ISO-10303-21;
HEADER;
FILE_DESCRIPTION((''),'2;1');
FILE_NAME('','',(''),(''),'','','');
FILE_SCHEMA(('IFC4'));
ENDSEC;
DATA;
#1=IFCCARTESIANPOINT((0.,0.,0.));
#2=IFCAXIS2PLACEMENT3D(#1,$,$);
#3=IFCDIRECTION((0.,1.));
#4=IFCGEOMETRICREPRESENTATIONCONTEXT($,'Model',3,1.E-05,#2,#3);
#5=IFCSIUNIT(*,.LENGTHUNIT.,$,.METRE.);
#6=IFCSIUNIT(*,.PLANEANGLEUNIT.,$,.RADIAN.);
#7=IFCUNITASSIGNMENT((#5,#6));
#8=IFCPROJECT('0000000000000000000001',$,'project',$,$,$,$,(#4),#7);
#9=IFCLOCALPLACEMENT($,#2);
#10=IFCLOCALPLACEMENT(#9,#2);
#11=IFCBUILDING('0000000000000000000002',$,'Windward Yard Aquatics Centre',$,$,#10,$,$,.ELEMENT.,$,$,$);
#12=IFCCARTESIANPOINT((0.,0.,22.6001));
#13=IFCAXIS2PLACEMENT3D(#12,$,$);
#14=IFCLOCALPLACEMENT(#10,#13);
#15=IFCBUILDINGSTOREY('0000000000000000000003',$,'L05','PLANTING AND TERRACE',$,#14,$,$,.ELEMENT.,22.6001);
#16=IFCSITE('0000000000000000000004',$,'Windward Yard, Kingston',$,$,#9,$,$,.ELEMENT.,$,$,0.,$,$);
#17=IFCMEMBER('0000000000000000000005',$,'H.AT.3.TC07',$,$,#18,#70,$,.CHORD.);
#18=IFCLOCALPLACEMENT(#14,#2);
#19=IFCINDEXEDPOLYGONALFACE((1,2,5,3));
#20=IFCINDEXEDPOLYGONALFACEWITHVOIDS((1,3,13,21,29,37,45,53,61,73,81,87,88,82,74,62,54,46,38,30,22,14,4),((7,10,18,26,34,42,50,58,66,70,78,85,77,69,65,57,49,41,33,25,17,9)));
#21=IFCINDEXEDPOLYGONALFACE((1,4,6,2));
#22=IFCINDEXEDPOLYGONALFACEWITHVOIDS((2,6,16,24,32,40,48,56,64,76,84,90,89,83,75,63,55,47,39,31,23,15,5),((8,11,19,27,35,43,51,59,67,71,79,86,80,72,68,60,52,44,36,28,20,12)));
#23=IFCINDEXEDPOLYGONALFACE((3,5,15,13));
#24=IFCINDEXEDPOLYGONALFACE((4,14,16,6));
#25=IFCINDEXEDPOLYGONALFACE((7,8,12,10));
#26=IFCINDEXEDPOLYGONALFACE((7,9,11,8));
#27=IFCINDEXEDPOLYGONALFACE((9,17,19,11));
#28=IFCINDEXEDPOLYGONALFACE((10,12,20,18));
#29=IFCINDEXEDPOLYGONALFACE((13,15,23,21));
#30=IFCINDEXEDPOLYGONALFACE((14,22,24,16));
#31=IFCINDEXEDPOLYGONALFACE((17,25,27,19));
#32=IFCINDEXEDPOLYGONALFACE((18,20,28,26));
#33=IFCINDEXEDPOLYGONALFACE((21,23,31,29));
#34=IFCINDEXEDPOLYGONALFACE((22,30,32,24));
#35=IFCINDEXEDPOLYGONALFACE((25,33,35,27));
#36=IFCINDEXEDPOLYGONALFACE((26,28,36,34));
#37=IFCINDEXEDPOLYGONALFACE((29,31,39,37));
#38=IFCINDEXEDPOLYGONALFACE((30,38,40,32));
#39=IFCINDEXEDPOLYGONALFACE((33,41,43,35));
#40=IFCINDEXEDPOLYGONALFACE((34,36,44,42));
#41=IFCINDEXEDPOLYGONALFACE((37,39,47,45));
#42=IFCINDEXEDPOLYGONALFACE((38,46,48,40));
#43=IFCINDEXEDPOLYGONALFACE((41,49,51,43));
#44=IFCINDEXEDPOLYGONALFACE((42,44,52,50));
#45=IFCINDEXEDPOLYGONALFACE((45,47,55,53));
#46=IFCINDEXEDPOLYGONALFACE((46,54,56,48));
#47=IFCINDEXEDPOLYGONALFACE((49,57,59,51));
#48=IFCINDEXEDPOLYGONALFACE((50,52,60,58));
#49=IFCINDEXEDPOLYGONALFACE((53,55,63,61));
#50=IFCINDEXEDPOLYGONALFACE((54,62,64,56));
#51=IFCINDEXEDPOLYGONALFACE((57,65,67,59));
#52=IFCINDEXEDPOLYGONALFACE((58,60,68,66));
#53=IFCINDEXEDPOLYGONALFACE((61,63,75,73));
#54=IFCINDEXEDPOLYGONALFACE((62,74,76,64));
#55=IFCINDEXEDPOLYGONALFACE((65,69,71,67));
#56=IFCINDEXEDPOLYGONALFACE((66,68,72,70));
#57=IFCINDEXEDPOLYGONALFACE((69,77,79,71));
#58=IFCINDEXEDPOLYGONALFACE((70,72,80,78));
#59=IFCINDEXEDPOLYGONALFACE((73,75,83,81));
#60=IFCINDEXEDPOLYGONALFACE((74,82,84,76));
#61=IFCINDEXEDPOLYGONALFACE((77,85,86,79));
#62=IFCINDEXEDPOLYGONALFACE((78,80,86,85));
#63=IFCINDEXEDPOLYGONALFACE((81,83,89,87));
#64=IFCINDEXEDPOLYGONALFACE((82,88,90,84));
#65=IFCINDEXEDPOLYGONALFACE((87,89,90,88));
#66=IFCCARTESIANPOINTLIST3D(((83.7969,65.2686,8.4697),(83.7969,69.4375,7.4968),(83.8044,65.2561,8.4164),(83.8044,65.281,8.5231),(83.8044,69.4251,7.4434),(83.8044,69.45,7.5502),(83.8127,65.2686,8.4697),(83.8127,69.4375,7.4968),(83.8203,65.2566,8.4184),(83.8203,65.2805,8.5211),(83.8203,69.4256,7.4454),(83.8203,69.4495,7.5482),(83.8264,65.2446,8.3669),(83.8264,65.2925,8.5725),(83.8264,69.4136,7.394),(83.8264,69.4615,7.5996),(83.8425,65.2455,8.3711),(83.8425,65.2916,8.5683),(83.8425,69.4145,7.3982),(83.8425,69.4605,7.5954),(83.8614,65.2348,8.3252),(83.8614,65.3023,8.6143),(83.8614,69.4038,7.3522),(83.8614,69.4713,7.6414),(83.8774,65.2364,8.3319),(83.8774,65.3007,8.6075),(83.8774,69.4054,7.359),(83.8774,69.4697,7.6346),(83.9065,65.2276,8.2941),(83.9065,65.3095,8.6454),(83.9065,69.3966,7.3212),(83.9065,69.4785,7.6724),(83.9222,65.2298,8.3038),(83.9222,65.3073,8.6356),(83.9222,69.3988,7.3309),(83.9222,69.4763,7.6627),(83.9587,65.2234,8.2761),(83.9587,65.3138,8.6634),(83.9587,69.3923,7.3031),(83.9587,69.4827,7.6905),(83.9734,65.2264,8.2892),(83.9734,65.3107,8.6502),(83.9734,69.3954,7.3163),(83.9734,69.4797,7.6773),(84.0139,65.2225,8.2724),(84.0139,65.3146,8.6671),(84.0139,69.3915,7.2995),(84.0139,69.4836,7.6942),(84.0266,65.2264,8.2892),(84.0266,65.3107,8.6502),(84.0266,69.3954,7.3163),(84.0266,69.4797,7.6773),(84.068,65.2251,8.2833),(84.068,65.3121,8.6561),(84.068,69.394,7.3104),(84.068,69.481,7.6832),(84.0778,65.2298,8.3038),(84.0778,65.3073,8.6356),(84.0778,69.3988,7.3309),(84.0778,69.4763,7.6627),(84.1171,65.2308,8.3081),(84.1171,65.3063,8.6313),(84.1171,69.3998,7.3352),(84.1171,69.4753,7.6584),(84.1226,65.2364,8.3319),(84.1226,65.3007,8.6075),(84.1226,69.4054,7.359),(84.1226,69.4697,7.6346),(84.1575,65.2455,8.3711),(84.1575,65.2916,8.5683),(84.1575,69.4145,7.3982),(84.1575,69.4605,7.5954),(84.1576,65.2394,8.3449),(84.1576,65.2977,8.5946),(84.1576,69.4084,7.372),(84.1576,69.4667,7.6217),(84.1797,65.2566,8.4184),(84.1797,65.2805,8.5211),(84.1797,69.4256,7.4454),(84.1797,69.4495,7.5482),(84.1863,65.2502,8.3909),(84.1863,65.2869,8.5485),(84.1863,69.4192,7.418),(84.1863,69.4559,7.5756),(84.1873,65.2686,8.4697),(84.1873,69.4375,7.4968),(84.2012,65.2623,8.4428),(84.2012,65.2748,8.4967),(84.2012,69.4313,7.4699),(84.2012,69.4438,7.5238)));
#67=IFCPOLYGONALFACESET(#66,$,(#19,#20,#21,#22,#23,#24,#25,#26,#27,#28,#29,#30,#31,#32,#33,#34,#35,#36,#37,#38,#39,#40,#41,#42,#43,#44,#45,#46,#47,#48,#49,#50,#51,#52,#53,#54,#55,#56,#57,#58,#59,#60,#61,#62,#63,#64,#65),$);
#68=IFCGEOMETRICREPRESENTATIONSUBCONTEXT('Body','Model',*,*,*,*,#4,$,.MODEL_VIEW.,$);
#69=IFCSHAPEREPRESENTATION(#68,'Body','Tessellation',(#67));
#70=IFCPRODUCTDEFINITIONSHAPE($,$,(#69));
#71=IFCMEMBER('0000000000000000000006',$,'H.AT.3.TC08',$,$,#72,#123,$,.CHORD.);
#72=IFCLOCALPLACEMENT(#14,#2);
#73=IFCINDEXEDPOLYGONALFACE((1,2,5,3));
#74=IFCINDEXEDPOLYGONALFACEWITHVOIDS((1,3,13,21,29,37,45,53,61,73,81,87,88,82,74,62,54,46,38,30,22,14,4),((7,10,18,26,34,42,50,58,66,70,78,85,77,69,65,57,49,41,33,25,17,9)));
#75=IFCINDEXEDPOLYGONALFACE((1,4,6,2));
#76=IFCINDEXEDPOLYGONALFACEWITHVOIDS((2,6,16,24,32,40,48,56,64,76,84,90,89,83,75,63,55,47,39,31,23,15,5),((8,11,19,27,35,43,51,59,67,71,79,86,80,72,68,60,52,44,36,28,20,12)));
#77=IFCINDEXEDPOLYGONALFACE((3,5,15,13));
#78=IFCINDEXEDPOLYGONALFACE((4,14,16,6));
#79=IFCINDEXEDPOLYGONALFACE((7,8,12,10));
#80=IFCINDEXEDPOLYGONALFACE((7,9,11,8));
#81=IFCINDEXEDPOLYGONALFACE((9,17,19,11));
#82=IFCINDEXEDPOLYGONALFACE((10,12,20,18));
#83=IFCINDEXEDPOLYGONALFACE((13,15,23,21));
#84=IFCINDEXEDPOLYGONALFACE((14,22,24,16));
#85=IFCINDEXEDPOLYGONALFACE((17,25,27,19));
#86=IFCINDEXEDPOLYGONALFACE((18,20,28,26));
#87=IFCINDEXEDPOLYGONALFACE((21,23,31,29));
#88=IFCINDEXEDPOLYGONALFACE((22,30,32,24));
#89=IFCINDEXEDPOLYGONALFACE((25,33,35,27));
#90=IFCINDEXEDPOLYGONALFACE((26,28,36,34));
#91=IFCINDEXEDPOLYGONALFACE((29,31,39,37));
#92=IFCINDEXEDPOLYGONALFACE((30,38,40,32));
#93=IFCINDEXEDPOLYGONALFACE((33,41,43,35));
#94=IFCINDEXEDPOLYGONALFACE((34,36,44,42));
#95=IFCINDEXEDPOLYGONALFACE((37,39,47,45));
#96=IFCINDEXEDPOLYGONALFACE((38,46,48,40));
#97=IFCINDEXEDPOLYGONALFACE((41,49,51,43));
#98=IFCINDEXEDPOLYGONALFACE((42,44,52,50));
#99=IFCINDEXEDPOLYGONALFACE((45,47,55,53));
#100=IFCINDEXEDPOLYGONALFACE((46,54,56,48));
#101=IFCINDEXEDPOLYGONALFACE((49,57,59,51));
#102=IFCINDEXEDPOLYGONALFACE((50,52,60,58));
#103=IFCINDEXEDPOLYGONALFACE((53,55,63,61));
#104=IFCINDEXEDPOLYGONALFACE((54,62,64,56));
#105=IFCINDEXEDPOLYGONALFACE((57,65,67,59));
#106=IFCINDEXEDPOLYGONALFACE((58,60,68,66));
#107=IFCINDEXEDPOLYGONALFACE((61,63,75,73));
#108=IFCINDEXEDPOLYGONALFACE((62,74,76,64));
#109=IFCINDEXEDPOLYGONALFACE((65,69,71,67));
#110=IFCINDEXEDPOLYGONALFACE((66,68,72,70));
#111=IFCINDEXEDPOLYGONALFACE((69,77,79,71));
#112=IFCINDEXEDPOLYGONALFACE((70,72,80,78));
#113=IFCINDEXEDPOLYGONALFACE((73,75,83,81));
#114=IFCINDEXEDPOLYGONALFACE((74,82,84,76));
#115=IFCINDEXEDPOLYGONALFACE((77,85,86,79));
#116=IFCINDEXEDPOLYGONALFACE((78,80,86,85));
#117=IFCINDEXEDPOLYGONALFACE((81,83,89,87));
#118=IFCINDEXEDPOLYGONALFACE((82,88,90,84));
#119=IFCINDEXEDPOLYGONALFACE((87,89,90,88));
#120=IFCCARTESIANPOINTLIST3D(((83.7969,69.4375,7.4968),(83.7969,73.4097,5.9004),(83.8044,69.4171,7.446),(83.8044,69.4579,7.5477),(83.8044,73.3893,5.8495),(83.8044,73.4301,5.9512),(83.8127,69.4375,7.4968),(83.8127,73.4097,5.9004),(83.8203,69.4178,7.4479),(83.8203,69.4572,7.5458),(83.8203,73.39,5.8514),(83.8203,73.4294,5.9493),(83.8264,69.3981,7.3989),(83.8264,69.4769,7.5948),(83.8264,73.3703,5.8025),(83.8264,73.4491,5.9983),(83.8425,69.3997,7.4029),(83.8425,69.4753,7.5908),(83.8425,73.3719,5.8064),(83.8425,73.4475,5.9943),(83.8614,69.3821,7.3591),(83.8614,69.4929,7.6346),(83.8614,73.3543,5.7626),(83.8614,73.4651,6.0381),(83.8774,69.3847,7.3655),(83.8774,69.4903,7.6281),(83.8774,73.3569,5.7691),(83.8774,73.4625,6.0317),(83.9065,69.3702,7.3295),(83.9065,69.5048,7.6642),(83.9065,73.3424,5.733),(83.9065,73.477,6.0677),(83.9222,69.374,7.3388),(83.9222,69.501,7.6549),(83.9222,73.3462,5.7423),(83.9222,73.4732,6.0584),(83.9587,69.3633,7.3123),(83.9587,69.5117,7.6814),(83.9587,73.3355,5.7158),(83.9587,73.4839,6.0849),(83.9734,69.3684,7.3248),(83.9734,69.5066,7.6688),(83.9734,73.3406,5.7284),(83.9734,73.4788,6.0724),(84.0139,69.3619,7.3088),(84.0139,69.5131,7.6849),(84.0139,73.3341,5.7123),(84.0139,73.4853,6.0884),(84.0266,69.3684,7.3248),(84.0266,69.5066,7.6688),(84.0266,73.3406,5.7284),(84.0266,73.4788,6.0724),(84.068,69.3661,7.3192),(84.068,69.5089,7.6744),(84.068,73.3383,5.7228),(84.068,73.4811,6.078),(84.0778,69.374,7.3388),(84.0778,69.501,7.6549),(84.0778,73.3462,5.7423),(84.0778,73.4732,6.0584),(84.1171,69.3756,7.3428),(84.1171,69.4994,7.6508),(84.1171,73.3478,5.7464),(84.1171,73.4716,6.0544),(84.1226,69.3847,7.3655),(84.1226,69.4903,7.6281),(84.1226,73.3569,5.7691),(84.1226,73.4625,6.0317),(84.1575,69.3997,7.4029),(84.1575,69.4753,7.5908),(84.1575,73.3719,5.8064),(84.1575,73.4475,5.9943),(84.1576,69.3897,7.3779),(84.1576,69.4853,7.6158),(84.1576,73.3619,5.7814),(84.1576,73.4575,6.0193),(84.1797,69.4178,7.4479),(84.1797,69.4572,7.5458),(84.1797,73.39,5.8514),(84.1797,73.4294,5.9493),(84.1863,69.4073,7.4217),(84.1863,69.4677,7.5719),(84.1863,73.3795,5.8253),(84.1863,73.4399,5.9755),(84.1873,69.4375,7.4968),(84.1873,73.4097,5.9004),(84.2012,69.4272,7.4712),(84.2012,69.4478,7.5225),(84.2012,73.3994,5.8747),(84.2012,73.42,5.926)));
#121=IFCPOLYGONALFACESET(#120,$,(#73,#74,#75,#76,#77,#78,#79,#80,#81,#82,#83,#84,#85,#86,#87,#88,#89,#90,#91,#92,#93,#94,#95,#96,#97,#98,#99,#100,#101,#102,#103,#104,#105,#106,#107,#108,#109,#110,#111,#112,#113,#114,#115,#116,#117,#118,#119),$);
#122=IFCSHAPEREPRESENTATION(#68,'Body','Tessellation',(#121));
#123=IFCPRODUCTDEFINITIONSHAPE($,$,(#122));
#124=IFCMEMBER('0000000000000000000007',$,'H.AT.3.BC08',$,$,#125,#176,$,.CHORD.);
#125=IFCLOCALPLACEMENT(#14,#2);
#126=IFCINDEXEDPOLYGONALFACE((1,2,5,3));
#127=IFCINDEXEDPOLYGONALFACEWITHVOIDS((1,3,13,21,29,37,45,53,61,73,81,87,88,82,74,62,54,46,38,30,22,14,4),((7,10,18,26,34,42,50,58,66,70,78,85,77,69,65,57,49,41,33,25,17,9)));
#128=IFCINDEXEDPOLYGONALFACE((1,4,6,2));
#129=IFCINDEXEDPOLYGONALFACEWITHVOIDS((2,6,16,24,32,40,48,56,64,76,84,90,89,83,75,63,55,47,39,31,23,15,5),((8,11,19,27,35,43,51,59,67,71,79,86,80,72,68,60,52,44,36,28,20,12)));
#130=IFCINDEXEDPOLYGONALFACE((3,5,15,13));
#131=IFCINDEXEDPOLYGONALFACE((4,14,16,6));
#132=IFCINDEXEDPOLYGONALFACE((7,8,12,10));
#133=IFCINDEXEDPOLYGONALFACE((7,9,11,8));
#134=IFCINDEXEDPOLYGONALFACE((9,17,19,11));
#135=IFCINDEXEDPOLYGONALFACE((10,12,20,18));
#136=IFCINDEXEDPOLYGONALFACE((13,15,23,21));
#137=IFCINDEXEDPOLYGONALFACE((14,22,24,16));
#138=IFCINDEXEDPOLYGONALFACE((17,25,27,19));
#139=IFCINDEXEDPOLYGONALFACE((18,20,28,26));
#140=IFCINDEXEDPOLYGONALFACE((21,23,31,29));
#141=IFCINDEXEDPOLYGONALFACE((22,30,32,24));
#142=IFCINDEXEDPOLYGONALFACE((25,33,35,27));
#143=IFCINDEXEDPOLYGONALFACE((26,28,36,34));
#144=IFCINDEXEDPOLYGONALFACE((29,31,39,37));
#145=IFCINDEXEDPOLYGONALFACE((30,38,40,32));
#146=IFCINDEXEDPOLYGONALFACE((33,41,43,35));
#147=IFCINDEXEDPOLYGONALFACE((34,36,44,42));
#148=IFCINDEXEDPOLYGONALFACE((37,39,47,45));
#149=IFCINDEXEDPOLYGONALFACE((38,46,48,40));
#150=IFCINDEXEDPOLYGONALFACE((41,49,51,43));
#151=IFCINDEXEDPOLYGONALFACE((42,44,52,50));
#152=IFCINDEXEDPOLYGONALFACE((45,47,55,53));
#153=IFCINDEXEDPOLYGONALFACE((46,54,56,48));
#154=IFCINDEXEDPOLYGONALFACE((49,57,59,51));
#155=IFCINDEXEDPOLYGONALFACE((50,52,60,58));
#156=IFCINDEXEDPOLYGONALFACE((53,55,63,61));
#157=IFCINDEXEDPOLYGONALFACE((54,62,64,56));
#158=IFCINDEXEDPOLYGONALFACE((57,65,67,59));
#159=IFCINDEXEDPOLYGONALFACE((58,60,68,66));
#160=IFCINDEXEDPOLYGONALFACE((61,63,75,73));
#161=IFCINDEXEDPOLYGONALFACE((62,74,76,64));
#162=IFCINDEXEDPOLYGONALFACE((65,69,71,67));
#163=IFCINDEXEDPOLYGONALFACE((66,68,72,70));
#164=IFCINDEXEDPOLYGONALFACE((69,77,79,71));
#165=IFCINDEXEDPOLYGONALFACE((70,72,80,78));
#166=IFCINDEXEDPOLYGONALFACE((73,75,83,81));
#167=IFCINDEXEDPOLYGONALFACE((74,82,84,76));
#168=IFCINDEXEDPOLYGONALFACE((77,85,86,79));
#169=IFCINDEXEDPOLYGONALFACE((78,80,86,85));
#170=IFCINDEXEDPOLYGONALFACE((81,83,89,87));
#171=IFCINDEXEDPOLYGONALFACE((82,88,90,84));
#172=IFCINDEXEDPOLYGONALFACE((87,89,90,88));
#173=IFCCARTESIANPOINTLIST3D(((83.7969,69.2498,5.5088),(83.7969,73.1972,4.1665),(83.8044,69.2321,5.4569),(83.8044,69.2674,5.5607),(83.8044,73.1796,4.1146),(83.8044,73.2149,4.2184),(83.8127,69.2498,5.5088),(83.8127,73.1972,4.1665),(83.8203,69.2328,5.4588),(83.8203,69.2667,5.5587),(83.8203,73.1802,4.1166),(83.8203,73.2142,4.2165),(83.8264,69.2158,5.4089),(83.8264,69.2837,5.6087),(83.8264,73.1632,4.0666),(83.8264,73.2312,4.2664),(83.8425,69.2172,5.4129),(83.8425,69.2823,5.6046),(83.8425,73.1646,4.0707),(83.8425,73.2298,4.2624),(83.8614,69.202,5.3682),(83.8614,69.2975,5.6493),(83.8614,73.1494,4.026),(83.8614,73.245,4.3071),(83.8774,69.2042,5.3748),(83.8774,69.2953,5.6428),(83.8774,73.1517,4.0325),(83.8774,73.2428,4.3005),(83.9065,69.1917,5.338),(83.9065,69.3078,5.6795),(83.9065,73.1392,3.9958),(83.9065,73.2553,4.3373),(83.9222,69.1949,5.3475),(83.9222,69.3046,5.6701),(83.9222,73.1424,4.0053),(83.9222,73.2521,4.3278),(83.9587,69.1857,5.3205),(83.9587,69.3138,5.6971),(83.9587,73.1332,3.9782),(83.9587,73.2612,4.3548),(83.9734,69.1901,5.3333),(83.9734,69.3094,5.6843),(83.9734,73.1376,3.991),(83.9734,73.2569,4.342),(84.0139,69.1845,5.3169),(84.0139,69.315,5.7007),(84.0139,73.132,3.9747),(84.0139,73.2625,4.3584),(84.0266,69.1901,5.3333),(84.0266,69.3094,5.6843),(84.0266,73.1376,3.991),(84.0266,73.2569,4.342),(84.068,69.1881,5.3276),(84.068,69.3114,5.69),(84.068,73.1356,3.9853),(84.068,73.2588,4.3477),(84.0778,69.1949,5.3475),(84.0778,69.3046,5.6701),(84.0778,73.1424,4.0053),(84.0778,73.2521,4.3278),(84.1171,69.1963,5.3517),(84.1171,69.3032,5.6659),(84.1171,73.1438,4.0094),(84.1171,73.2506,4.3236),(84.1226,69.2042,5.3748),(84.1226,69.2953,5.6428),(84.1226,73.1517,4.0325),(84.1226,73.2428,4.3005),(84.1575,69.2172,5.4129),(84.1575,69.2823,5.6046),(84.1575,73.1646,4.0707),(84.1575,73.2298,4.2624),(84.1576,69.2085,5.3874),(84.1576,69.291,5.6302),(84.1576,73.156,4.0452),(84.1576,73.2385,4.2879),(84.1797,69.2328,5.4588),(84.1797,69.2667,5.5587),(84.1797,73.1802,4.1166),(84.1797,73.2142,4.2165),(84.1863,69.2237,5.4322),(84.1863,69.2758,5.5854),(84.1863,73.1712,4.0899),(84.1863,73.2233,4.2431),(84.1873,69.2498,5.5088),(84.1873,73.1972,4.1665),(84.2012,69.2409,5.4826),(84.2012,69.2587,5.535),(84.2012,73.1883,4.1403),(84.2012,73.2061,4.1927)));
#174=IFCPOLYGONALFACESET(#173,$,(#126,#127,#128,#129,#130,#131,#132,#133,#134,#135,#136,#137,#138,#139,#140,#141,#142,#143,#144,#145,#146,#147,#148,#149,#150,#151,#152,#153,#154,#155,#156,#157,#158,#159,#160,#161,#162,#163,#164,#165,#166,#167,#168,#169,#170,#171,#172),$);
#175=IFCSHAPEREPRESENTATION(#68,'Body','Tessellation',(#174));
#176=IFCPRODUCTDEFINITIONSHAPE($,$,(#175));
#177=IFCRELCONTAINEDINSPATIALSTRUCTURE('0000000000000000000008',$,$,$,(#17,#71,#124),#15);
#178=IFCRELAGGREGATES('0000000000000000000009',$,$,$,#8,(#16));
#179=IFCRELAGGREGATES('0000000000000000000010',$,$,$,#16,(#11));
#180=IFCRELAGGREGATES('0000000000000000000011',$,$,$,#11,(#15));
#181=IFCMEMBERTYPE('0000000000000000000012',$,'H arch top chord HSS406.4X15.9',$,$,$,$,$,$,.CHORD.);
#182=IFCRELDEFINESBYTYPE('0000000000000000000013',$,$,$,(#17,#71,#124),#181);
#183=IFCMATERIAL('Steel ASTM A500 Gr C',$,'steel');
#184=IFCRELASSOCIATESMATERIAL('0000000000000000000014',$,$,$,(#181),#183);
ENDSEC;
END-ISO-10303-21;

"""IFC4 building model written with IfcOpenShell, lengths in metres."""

from ifc_helpers import new_model, si_unit, direction, frame, origin, origin_2d, place, context, subcontext, project, spatial, hollow_circle, extrude, material, material_profile, profile_set, type_object, element, save


model = new_model("IFC4")

# Units and contexts
model_context = context("Model", 3, precision=1e-05, world=origin(), true_north=direction((0.0, 1.0)))
body_context = subcontext(model_context, "Body", "Model", "MODEL_VIEW")
ifc_project = project(units=[si_unit("LENGTHUNIT", "METRE"), si_unit("PLANEANGLEUNIT", "RADIAN")], contexts=[model_context])

# Site, building, storey
site_placement = place(None, origin())
site = spatial("IfcSite", under=ifc_project, at=site_placement, Name="Windward Yard, Kingston", CompositionType="ELEMENT", RefElevation=0.0)
building_placement = place(site_placement, origin())
building = spatial("IfcBuilding", under=site, at=building_placement, Name="Windward Yard Aquatics Centre", CompositionType="ELEMENT")
storey_placement = place(building_placement, frame((0.0, 0.0, 22.6001)))
storey = spatial("IfcBuildingStorey", under=building, at=storey_placement, Name="L05", Description="PLANTING AND TERRACE", CompositionType="ELEMENT", Elevation=22.6001)

# Members
ifc_material_1 = material(Name="Steel ASTM A500 Gr C", Category="steel")
ifc_material_profile_1 = material_profile(ifc_material_1, hollow_circle(Radius=0.2031, WallThickness=0.0159, at=origin_2d()), Name="HSS406.4X15.9")
ifc_profile_set_1 = profile_set([ifc_material_profile_1], Name="Steel ASTM A500 Gr C")
member_type_1 = type_object("IfcMemberType", Name="H arch top chord HSS406.4X15.9", PredefinedType="CHORD", material=ifc_profile_set_1)
for number, where, z_axis, x_axis, name in (
    (1, (84.0, 65.2686, 8.4697), (0.0, 0.973834, -0.227262), (-1.0, 0.0, 0.0), "H.AT.3.TC07"),
    (2, (84.0, 69.4375, 7.4968), (0.0, 0.927866, -0.372914), (-1.0, 0.0, 0.0), "H.AT.3.TC08"),
):
    element("IfcMember", number, at=place(storey_placement, frame(where, z_axis=z_axis, x_axis=x_axis)), inside=storey, type_object=member_type_1, Name=name, PredefinedType="CHORD", context=body_context, shape_type="SweptSolid", body=[
        extrude(hollow_circle(Radius=0.2031, WallThickness=0.0159, at=origin_2d()), origin(), (0.0, 0.0, 1.0), 4.281),
    ])
member_1_placement = place(storey_placement, frame((84.0, 69.2498, 5.5088), z_axis=(0.0, 0.946763, -0.321931), x_axis=(-1.0, 0.0, 0.0)))
element("IfcMember", 3, at=member_1_placement, inside=storey, type_object=member_type_1, Name="H.AT.3.BC08", PredefinedType="CHORD", context=body_context, shape_type="SweptSolid", body=[
    extrude(hollow_circle(Radius=0.2031, WallThickness=0.0159, at=origin_2d()), origin(), (0.0, 0.0, 1.0), 4.1694),
])

save(model, "model.ifc")
